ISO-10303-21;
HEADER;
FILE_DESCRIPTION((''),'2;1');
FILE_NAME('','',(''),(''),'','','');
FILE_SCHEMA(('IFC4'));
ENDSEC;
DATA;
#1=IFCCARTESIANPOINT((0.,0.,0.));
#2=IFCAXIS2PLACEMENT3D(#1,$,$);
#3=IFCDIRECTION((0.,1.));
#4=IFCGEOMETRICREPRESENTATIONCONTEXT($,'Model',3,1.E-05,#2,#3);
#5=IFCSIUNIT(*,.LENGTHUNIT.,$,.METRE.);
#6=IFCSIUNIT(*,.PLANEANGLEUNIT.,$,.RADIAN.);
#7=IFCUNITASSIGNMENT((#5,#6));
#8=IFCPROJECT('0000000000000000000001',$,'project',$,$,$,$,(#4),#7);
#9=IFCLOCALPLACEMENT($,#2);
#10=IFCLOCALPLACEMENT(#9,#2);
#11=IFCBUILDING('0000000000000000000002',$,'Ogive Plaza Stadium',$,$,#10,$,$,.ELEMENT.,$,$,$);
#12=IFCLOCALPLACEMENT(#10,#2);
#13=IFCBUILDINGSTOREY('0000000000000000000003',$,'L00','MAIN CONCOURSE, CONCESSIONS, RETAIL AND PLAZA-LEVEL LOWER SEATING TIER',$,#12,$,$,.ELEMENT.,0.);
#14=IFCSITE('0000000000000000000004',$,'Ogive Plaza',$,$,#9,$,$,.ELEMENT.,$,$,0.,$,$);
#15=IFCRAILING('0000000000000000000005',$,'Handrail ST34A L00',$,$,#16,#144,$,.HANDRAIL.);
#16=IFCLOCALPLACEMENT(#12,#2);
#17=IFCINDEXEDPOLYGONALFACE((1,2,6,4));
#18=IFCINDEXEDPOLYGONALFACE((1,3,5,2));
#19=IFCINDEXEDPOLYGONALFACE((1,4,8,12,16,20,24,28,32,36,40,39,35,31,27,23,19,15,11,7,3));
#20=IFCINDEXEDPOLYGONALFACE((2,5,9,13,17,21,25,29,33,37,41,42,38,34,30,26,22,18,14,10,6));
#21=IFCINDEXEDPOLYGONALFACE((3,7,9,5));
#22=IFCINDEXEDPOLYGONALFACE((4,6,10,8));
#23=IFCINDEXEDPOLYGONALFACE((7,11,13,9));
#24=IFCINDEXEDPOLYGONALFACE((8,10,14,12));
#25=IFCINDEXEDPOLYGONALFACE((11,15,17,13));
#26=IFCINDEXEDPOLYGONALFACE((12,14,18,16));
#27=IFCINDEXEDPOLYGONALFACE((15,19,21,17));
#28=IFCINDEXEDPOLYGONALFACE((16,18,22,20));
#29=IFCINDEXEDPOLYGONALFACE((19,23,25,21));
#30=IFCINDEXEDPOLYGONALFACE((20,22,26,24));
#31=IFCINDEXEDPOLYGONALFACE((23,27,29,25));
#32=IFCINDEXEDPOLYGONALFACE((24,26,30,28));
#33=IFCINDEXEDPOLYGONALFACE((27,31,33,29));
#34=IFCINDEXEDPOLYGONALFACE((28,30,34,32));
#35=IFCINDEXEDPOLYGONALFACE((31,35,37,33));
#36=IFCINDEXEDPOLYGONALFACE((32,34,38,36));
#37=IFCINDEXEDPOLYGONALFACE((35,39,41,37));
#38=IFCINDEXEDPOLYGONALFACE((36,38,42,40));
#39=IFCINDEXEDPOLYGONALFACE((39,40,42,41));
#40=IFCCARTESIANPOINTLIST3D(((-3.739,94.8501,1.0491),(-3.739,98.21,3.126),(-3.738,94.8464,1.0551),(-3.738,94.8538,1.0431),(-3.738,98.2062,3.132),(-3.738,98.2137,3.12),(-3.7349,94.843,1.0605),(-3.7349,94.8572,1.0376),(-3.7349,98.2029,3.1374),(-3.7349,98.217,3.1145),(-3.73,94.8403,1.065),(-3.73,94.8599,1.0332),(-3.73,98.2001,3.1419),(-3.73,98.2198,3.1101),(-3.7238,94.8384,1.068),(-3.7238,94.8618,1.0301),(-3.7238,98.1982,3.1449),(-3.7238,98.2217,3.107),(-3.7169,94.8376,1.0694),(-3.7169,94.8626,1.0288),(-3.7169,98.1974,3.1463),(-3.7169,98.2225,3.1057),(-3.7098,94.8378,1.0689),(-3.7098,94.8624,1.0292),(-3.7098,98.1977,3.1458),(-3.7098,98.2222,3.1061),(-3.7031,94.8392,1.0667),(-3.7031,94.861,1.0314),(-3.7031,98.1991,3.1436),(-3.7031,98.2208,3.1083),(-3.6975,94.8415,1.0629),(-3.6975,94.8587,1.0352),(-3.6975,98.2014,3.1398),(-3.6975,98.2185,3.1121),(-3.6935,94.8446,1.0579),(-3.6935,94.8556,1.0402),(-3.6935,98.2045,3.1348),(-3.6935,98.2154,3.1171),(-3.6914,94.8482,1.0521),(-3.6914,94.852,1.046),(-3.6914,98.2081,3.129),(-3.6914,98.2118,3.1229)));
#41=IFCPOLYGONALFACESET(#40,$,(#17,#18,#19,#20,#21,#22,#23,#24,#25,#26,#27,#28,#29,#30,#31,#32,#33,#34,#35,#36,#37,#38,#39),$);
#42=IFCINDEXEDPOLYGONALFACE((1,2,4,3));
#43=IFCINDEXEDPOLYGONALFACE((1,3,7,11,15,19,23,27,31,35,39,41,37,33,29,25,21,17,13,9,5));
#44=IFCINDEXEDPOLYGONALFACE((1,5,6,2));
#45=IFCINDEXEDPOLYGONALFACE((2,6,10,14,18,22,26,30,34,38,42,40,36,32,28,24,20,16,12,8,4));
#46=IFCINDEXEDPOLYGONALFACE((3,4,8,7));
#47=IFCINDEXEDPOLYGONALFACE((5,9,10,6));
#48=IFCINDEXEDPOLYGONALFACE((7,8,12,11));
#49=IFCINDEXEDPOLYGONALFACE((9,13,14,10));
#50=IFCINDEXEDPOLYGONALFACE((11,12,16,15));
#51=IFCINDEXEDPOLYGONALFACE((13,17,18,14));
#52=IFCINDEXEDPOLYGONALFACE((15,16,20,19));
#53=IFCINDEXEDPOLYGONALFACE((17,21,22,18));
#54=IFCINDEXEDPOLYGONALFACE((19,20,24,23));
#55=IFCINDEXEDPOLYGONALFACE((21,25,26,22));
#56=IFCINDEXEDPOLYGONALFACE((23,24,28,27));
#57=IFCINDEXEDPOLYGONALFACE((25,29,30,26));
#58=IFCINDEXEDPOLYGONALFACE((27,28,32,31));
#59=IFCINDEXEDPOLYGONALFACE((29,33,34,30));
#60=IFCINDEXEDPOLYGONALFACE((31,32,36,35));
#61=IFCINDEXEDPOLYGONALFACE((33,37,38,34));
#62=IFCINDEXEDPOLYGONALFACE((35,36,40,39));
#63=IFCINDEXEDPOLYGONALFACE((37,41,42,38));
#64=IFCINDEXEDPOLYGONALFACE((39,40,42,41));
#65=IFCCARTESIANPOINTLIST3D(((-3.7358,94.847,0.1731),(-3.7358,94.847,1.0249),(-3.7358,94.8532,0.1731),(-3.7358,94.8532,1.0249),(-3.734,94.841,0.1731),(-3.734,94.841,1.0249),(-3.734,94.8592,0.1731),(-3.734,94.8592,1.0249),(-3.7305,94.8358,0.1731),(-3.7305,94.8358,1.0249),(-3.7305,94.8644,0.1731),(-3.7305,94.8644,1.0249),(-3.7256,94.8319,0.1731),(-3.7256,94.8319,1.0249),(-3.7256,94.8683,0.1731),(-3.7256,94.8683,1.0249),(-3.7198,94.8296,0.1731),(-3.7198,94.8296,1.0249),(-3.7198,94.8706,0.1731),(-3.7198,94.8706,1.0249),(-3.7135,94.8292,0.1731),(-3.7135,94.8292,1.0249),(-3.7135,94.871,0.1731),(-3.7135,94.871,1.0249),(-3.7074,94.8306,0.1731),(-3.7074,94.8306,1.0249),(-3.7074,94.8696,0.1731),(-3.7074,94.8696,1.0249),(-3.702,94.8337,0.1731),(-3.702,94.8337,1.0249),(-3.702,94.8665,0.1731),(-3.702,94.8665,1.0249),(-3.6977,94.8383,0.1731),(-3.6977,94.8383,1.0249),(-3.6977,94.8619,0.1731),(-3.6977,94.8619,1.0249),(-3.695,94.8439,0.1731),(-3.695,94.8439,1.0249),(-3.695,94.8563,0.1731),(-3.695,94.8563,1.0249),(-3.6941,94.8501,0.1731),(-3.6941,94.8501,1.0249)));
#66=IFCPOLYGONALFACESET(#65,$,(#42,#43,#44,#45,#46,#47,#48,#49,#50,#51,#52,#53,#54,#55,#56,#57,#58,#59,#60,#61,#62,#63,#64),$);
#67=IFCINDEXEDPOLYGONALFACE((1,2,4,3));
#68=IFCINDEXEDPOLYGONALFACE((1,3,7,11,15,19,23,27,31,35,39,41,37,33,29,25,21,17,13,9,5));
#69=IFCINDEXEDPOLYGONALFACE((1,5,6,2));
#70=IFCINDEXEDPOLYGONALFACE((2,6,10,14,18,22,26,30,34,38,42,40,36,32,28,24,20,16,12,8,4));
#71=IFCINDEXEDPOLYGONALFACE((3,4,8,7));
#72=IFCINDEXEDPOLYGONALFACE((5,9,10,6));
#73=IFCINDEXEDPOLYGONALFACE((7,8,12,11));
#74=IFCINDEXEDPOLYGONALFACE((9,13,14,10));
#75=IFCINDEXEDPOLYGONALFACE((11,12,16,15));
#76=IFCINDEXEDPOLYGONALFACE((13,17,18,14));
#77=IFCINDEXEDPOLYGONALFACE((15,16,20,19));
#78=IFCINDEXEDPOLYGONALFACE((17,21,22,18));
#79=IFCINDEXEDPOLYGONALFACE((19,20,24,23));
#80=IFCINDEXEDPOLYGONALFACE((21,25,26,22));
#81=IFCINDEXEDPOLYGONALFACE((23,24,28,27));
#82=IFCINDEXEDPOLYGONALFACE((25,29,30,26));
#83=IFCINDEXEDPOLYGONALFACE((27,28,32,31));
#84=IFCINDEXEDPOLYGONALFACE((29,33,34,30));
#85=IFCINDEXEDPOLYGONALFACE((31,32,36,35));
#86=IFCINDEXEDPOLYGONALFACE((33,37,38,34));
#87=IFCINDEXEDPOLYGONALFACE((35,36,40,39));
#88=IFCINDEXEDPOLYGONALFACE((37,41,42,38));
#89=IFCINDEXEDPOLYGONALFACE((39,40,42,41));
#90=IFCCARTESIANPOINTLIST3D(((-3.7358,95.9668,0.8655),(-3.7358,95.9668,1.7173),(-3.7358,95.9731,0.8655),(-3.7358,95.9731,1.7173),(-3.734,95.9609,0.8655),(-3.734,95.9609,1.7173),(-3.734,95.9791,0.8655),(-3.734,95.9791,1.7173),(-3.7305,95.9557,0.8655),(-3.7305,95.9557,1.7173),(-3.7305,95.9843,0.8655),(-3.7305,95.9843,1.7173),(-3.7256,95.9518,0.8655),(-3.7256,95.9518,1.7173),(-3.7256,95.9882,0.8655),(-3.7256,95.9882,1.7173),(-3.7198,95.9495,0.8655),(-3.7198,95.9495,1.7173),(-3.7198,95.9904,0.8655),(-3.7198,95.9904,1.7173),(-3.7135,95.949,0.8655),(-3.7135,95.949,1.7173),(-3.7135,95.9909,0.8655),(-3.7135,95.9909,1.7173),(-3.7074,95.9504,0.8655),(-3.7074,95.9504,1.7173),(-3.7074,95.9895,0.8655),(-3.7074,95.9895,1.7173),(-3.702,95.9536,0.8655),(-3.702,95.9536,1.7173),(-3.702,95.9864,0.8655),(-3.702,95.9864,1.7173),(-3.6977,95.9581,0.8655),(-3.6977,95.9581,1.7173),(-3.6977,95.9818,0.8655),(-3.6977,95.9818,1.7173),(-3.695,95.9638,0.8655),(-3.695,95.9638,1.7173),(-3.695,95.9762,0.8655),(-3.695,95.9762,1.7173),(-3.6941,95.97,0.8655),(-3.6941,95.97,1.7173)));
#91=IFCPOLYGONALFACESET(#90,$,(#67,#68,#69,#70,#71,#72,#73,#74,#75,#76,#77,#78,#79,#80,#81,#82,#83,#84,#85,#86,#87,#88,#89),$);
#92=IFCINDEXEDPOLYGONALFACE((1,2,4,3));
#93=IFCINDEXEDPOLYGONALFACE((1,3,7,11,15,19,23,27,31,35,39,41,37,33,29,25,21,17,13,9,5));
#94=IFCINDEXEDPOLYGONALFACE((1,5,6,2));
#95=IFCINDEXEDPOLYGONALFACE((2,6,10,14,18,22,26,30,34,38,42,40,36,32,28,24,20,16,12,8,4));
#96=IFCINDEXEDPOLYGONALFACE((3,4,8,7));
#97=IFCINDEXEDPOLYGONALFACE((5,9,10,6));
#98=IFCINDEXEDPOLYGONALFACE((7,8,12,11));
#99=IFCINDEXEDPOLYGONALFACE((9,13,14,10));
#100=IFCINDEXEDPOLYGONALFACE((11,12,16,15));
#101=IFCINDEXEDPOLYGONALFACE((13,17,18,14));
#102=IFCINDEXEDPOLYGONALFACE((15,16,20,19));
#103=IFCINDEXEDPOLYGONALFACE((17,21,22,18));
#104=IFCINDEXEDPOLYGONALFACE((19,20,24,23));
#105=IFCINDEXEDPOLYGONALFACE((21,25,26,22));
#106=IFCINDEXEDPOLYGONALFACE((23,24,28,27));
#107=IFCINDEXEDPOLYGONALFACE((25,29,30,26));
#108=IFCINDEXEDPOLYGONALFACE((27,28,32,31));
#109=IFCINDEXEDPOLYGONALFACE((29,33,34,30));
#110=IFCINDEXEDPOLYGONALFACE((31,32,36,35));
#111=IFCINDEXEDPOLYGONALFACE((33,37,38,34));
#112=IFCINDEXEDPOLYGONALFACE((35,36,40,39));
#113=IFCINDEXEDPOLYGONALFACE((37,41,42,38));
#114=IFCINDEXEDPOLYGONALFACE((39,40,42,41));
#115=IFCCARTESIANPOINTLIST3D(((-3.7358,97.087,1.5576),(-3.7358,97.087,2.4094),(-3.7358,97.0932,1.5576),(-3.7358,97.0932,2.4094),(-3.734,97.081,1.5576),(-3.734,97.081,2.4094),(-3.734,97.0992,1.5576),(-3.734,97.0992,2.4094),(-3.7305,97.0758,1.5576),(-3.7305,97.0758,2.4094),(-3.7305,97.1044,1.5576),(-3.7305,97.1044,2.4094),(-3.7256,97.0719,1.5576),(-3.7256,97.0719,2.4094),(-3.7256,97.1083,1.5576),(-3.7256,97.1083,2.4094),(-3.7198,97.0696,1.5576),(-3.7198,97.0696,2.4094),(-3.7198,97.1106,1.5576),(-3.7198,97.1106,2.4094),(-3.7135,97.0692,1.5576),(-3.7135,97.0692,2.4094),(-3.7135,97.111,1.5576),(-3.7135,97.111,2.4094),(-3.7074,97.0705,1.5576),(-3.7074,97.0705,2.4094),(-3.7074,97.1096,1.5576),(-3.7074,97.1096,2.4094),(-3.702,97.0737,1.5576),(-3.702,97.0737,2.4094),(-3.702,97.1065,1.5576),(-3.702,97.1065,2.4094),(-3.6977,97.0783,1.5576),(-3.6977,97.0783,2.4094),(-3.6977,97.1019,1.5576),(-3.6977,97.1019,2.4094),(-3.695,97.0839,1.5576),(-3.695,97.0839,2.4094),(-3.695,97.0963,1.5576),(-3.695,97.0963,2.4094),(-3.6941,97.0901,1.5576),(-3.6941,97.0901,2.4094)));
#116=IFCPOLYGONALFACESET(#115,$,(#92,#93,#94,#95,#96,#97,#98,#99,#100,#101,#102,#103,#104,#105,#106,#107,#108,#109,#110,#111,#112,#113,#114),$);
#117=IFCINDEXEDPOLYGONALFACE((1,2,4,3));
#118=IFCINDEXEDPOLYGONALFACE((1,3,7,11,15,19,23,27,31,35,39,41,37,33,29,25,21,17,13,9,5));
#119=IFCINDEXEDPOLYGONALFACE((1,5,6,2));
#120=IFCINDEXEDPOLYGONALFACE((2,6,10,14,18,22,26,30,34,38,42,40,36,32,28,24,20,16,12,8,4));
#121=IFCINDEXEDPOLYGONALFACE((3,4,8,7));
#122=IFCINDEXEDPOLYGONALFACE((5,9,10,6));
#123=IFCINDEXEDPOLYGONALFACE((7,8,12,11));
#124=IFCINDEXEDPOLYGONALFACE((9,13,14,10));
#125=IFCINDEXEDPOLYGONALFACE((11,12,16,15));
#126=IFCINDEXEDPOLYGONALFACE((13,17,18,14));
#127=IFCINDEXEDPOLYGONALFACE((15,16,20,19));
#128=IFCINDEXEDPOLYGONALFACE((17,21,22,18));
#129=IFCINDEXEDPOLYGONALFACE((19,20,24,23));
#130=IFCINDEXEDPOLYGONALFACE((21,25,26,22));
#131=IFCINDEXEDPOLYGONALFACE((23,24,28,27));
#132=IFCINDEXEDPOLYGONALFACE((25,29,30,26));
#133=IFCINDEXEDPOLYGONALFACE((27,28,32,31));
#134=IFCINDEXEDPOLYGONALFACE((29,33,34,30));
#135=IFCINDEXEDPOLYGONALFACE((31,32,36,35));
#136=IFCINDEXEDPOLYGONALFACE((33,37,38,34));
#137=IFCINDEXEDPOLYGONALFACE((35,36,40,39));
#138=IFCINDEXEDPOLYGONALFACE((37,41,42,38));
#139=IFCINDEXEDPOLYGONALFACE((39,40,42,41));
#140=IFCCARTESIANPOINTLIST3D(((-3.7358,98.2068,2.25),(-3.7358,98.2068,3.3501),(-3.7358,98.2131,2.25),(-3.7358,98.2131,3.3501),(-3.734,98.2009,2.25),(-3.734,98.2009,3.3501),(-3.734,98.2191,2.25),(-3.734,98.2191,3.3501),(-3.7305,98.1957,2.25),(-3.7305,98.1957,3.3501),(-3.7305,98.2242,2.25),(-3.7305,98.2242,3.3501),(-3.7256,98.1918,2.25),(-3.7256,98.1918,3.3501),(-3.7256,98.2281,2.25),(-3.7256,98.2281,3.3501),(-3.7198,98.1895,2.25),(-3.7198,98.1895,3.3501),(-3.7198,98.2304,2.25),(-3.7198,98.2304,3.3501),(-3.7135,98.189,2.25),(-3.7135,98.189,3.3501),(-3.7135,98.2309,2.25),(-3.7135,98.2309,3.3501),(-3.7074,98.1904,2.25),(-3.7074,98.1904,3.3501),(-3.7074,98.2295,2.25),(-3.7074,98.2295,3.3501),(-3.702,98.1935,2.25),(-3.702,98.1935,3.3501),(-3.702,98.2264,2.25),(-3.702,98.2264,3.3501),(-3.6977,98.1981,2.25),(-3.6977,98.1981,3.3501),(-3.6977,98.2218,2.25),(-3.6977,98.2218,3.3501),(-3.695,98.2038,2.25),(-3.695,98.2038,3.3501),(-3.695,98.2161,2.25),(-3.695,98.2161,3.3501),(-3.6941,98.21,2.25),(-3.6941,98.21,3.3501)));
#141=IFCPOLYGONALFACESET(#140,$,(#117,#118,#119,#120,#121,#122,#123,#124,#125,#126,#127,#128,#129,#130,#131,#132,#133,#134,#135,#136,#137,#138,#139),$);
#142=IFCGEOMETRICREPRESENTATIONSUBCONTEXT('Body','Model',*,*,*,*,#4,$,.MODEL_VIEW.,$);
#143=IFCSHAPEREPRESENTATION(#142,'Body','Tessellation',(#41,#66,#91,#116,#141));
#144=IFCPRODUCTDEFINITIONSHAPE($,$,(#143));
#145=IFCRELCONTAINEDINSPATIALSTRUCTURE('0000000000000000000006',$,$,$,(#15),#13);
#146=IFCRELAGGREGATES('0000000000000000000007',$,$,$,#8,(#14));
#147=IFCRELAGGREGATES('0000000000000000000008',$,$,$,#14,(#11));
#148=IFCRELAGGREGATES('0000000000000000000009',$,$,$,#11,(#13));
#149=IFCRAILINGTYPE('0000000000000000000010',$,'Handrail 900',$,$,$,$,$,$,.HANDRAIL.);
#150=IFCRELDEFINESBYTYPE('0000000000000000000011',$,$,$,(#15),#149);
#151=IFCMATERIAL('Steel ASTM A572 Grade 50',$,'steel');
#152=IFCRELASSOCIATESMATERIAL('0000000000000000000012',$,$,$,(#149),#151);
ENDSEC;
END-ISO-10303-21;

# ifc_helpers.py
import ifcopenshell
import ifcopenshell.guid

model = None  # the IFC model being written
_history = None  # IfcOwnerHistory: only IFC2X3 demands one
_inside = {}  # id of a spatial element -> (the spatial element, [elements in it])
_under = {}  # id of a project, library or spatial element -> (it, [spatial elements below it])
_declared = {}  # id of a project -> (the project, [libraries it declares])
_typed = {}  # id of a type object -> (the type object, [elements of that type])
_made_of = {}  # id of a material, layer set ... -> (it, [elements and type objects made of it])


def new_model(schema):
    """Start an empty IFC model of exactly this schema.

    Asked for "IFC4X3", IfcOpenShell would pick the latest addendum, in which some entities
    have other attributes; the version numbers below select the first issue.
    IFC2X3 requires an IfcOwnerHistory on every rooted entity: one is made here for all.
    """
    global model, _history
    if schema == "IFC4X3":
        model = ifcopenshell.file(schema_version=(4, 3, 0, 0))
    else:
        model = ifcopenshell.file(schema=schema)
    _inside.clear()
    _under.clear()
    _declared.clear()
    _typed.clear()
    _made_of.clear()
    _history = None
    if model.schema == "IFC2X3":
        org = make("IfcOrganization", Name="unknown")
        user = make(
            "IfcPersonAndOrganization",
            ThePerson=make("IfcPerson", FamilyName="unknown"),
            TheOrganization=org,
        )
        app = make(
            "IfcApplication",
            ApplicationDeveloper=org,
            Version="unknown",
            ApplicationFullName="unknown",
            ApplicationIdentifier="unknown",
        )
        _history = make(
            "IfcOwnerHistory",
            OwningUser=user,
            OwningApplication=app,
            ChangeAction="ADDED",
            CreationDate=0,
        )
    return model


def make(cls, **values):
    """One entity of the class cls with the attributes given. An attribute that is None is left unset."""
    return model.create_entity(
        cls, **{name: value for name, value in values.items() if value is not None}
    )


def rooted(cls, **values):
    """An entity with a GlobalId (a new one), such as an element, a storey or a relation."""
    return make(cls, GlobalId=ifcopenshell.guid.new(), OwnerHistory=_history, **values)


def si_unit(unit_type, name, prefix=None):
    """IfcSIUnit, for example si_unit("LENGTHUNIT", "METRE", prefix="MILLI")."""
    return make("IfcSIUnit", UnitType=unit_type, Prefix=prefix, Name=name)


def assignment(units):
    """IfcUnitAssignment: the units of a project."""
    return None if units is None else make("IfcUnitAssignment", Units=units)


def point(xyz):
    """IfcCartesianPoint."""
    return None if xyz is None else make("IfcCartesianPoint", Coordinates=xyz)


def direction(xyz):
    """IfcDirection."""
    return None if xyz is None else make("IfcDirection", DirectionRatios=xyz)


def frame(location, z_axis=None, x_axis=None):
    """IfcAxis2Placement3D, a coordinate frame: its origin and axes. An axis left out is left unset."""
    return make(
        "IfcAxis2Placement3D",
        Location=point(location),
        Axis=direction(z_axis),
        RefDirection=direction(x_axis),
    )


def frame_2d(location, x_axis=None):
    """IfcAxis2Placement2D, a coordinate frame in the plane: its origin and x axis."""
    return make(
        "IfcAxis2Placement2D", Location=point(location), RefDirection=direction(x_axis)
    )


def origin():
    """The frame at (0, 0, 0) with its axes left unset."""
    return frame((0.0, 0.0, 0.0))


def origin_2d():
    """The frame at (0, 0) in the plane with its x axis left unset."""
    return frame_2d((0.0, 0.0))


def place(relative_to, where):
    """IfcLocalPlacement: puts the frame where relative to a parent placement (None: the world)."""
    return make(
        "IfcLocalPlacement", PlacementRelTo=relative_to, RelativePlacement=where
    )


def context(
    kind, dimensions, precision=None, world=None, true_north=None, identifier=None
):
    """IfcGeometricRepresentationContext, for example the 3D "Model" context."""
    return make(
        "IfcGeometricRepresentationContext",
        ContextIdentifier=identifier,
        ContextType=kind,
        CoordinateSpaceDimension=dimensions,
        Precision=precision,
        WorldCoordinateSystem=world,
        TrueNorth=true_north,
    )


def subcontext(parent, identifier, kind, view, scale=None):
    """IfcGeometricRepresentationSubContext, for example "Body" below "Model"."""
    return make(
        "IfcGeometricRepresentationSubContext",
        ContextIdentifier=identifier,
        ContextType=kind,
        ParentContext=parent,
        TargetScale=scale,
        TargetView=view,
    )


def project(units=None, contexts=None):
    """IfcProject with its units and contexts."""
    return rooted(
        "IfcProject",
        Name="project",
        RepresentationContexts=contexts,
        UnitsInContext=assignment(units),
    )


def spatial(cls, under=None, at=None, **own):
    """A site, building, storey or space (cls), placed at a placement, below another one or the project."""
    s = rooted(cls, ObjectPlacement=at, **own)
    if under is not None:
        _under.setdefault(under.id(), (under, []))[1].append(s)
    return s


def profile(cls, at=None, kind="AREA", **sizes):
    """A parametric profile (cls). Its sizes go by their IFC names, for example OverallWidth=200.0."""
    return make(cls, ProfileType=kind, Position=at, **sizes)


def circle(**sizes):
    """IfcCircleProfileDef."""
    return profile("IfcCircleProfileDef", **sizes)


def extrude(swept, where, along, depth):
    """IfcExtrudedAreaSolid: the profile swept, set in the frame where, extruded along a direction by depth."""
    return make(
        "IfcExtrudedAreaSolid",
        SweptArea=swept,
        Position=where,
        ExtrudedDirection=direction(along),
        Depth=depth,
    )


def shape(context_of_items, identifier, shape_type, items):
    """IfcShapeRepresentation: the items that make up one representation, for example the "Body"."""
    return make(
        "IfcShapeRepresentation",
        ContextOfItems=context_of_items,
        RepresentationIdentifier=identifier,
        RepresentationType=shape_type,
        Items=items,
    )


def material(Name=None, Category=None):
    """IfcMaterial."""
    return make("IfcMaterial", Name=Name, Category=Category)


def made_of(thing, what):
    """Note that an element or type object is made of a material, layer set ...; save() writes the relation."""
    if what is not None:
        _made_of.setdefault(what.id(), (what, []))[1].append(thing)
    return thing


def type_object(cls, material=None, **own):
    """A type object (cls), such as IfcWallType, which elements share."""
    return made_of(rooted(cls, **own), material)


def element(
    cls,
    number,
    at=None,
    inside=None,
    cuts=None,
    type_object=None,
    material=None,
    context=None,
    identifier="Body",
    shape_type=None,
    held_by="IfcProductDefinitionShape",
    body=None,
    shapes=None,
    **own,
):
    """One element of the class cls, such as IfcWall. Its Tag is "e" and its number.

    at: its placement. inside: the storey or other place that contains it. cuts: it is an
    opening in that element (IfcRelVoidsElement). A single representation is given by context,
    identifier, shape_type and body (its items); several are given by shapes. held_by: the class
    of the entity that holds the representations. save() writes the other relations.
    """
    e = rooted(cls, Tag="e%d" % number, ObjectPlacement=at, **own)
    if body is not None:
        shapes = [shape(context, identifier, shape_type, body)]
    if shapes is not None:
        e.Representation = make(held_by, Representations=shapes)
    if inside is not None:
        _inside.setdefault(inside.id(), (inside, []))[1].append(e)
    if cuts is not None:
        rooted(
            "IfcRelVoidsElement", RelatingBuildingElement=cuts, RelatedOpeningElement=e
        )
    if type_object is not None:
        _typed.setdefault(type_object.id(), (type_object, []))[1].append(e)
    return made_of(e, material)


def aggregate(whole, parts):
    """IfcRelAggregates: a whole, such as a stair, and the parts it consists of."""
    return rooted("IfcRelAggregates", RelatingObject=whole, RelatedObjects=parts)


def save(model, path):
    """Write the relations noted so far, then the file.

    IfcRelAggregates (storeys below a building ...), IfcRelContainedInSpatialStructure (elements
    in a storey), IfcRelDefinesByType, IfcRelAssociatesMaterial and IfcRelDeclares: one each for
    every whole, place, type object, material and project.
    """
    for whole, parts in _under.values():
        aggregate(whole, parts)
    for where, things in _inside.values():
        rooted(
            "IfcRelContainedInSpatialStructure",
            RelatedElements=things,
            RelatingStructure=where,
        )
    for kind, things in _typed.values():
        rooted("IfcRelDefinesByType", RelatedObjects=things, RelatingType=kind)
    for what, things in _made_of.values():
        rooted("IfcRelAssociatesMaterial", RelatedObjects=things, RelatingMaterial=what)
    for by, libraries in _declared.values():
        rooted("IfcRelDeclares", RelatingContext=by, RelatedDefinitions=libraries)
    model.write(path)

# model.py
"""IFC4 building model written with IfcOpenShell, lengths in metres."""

from ifc_helpers import new_model, si_unit, direction, frame, origin, origin_2d, place, context, subcontext, project, spatial, circle, extrude, material, type_object, element, save


model = new_model("IFC4")

# Units and contexts
model_context = context("Model", 3, precision=1e-05, world=origin(), true_north=direction((0.0, 1.0)))
body_context = subcontext(model_context, "Body", "Model", "MODEL_VIEW")
ifc_project = project(units=[si_unit("LENGTHUNIT", "METRE"), si_unit("PLANEANGLEUNIT", "RADIAN")], contexts=[model_context])

# Site, building, storey
site_placement = place(None, origin())
site = spatial("IfcSite", under=ifc_project, at=site_placement, Name="Ogive Plaza", CompositionType="ELEMENT", RefElevation=0.0)
building_placement = place(site_placement, origin())
building = spatial("IfcBuilding", under=site, at=building_placement, Name="Ogive Plaza Stadium", CompositionType="ELEMENT")
storey_placement = place(building_placement, origin())
storey = spatial("IfcBuildingStorey", under=building, at=storey_placement, Name="L00", Description="MAIN CONCOURSE, CONCESSIONS, RETAIL AND PLAZA-LEVEL LOWER SEATING TIER", CompositionType="ELEMENT", Elevation=0.0)

# Railing
ifc_material_1 = material(Name="Steel ASTM A572 Grade 50", Category="steel")
railing_type_1 = type_object("IfcRailingType", Name="Handrail 900", PredefinedType="HANDRAIL", material=ifc_material_1)
for number, where, name in (
    (1, (-3.7151, 94.8501, 0.1731), "Handrail ST34A L00"),
):
    element("IfcRailing", number, at=place(storey_placement, frame(where)), inside=storey, type_object=railing_type_1, Name=name, PredefinedType="HANDRAIL", context=body_context, shape_type="SweptSolid", body=[
        extrude(circle(Radius=0.0239, at=origin_2d()), frame((0.0, 0.0, 0.876), z_axis=(0.0, 0.850606, 0.525803), x_axis=(-1.0, 0.0, 0.0)), (0.0, 0.0, 1.0), 3.95),
        extrude(circle(Radius=0.021, at=origin_2d()), origin(), (0.0, 0.0, 1.0), 0.8518),
        extrude(circle(Radius=0.021, at=origin_2d()), frame((0.0, 1.1199, 0.6924)), (0.0, 0.0, 1.0), 0.8518),
        extrude(circle(Radius=0.021, at=origin_2d()), frame((0.0, 2.24, 1.3845)), (0.0, 0.0, 1.0), 0.8518),
        extrude(circle(Radius=0.021, at=origin_2d()), frame((0.0, 3.3599, 2.0769)), (0.0, 0.0, 1.0), 1.1001),
    ])

save(model, "model.ifc")
